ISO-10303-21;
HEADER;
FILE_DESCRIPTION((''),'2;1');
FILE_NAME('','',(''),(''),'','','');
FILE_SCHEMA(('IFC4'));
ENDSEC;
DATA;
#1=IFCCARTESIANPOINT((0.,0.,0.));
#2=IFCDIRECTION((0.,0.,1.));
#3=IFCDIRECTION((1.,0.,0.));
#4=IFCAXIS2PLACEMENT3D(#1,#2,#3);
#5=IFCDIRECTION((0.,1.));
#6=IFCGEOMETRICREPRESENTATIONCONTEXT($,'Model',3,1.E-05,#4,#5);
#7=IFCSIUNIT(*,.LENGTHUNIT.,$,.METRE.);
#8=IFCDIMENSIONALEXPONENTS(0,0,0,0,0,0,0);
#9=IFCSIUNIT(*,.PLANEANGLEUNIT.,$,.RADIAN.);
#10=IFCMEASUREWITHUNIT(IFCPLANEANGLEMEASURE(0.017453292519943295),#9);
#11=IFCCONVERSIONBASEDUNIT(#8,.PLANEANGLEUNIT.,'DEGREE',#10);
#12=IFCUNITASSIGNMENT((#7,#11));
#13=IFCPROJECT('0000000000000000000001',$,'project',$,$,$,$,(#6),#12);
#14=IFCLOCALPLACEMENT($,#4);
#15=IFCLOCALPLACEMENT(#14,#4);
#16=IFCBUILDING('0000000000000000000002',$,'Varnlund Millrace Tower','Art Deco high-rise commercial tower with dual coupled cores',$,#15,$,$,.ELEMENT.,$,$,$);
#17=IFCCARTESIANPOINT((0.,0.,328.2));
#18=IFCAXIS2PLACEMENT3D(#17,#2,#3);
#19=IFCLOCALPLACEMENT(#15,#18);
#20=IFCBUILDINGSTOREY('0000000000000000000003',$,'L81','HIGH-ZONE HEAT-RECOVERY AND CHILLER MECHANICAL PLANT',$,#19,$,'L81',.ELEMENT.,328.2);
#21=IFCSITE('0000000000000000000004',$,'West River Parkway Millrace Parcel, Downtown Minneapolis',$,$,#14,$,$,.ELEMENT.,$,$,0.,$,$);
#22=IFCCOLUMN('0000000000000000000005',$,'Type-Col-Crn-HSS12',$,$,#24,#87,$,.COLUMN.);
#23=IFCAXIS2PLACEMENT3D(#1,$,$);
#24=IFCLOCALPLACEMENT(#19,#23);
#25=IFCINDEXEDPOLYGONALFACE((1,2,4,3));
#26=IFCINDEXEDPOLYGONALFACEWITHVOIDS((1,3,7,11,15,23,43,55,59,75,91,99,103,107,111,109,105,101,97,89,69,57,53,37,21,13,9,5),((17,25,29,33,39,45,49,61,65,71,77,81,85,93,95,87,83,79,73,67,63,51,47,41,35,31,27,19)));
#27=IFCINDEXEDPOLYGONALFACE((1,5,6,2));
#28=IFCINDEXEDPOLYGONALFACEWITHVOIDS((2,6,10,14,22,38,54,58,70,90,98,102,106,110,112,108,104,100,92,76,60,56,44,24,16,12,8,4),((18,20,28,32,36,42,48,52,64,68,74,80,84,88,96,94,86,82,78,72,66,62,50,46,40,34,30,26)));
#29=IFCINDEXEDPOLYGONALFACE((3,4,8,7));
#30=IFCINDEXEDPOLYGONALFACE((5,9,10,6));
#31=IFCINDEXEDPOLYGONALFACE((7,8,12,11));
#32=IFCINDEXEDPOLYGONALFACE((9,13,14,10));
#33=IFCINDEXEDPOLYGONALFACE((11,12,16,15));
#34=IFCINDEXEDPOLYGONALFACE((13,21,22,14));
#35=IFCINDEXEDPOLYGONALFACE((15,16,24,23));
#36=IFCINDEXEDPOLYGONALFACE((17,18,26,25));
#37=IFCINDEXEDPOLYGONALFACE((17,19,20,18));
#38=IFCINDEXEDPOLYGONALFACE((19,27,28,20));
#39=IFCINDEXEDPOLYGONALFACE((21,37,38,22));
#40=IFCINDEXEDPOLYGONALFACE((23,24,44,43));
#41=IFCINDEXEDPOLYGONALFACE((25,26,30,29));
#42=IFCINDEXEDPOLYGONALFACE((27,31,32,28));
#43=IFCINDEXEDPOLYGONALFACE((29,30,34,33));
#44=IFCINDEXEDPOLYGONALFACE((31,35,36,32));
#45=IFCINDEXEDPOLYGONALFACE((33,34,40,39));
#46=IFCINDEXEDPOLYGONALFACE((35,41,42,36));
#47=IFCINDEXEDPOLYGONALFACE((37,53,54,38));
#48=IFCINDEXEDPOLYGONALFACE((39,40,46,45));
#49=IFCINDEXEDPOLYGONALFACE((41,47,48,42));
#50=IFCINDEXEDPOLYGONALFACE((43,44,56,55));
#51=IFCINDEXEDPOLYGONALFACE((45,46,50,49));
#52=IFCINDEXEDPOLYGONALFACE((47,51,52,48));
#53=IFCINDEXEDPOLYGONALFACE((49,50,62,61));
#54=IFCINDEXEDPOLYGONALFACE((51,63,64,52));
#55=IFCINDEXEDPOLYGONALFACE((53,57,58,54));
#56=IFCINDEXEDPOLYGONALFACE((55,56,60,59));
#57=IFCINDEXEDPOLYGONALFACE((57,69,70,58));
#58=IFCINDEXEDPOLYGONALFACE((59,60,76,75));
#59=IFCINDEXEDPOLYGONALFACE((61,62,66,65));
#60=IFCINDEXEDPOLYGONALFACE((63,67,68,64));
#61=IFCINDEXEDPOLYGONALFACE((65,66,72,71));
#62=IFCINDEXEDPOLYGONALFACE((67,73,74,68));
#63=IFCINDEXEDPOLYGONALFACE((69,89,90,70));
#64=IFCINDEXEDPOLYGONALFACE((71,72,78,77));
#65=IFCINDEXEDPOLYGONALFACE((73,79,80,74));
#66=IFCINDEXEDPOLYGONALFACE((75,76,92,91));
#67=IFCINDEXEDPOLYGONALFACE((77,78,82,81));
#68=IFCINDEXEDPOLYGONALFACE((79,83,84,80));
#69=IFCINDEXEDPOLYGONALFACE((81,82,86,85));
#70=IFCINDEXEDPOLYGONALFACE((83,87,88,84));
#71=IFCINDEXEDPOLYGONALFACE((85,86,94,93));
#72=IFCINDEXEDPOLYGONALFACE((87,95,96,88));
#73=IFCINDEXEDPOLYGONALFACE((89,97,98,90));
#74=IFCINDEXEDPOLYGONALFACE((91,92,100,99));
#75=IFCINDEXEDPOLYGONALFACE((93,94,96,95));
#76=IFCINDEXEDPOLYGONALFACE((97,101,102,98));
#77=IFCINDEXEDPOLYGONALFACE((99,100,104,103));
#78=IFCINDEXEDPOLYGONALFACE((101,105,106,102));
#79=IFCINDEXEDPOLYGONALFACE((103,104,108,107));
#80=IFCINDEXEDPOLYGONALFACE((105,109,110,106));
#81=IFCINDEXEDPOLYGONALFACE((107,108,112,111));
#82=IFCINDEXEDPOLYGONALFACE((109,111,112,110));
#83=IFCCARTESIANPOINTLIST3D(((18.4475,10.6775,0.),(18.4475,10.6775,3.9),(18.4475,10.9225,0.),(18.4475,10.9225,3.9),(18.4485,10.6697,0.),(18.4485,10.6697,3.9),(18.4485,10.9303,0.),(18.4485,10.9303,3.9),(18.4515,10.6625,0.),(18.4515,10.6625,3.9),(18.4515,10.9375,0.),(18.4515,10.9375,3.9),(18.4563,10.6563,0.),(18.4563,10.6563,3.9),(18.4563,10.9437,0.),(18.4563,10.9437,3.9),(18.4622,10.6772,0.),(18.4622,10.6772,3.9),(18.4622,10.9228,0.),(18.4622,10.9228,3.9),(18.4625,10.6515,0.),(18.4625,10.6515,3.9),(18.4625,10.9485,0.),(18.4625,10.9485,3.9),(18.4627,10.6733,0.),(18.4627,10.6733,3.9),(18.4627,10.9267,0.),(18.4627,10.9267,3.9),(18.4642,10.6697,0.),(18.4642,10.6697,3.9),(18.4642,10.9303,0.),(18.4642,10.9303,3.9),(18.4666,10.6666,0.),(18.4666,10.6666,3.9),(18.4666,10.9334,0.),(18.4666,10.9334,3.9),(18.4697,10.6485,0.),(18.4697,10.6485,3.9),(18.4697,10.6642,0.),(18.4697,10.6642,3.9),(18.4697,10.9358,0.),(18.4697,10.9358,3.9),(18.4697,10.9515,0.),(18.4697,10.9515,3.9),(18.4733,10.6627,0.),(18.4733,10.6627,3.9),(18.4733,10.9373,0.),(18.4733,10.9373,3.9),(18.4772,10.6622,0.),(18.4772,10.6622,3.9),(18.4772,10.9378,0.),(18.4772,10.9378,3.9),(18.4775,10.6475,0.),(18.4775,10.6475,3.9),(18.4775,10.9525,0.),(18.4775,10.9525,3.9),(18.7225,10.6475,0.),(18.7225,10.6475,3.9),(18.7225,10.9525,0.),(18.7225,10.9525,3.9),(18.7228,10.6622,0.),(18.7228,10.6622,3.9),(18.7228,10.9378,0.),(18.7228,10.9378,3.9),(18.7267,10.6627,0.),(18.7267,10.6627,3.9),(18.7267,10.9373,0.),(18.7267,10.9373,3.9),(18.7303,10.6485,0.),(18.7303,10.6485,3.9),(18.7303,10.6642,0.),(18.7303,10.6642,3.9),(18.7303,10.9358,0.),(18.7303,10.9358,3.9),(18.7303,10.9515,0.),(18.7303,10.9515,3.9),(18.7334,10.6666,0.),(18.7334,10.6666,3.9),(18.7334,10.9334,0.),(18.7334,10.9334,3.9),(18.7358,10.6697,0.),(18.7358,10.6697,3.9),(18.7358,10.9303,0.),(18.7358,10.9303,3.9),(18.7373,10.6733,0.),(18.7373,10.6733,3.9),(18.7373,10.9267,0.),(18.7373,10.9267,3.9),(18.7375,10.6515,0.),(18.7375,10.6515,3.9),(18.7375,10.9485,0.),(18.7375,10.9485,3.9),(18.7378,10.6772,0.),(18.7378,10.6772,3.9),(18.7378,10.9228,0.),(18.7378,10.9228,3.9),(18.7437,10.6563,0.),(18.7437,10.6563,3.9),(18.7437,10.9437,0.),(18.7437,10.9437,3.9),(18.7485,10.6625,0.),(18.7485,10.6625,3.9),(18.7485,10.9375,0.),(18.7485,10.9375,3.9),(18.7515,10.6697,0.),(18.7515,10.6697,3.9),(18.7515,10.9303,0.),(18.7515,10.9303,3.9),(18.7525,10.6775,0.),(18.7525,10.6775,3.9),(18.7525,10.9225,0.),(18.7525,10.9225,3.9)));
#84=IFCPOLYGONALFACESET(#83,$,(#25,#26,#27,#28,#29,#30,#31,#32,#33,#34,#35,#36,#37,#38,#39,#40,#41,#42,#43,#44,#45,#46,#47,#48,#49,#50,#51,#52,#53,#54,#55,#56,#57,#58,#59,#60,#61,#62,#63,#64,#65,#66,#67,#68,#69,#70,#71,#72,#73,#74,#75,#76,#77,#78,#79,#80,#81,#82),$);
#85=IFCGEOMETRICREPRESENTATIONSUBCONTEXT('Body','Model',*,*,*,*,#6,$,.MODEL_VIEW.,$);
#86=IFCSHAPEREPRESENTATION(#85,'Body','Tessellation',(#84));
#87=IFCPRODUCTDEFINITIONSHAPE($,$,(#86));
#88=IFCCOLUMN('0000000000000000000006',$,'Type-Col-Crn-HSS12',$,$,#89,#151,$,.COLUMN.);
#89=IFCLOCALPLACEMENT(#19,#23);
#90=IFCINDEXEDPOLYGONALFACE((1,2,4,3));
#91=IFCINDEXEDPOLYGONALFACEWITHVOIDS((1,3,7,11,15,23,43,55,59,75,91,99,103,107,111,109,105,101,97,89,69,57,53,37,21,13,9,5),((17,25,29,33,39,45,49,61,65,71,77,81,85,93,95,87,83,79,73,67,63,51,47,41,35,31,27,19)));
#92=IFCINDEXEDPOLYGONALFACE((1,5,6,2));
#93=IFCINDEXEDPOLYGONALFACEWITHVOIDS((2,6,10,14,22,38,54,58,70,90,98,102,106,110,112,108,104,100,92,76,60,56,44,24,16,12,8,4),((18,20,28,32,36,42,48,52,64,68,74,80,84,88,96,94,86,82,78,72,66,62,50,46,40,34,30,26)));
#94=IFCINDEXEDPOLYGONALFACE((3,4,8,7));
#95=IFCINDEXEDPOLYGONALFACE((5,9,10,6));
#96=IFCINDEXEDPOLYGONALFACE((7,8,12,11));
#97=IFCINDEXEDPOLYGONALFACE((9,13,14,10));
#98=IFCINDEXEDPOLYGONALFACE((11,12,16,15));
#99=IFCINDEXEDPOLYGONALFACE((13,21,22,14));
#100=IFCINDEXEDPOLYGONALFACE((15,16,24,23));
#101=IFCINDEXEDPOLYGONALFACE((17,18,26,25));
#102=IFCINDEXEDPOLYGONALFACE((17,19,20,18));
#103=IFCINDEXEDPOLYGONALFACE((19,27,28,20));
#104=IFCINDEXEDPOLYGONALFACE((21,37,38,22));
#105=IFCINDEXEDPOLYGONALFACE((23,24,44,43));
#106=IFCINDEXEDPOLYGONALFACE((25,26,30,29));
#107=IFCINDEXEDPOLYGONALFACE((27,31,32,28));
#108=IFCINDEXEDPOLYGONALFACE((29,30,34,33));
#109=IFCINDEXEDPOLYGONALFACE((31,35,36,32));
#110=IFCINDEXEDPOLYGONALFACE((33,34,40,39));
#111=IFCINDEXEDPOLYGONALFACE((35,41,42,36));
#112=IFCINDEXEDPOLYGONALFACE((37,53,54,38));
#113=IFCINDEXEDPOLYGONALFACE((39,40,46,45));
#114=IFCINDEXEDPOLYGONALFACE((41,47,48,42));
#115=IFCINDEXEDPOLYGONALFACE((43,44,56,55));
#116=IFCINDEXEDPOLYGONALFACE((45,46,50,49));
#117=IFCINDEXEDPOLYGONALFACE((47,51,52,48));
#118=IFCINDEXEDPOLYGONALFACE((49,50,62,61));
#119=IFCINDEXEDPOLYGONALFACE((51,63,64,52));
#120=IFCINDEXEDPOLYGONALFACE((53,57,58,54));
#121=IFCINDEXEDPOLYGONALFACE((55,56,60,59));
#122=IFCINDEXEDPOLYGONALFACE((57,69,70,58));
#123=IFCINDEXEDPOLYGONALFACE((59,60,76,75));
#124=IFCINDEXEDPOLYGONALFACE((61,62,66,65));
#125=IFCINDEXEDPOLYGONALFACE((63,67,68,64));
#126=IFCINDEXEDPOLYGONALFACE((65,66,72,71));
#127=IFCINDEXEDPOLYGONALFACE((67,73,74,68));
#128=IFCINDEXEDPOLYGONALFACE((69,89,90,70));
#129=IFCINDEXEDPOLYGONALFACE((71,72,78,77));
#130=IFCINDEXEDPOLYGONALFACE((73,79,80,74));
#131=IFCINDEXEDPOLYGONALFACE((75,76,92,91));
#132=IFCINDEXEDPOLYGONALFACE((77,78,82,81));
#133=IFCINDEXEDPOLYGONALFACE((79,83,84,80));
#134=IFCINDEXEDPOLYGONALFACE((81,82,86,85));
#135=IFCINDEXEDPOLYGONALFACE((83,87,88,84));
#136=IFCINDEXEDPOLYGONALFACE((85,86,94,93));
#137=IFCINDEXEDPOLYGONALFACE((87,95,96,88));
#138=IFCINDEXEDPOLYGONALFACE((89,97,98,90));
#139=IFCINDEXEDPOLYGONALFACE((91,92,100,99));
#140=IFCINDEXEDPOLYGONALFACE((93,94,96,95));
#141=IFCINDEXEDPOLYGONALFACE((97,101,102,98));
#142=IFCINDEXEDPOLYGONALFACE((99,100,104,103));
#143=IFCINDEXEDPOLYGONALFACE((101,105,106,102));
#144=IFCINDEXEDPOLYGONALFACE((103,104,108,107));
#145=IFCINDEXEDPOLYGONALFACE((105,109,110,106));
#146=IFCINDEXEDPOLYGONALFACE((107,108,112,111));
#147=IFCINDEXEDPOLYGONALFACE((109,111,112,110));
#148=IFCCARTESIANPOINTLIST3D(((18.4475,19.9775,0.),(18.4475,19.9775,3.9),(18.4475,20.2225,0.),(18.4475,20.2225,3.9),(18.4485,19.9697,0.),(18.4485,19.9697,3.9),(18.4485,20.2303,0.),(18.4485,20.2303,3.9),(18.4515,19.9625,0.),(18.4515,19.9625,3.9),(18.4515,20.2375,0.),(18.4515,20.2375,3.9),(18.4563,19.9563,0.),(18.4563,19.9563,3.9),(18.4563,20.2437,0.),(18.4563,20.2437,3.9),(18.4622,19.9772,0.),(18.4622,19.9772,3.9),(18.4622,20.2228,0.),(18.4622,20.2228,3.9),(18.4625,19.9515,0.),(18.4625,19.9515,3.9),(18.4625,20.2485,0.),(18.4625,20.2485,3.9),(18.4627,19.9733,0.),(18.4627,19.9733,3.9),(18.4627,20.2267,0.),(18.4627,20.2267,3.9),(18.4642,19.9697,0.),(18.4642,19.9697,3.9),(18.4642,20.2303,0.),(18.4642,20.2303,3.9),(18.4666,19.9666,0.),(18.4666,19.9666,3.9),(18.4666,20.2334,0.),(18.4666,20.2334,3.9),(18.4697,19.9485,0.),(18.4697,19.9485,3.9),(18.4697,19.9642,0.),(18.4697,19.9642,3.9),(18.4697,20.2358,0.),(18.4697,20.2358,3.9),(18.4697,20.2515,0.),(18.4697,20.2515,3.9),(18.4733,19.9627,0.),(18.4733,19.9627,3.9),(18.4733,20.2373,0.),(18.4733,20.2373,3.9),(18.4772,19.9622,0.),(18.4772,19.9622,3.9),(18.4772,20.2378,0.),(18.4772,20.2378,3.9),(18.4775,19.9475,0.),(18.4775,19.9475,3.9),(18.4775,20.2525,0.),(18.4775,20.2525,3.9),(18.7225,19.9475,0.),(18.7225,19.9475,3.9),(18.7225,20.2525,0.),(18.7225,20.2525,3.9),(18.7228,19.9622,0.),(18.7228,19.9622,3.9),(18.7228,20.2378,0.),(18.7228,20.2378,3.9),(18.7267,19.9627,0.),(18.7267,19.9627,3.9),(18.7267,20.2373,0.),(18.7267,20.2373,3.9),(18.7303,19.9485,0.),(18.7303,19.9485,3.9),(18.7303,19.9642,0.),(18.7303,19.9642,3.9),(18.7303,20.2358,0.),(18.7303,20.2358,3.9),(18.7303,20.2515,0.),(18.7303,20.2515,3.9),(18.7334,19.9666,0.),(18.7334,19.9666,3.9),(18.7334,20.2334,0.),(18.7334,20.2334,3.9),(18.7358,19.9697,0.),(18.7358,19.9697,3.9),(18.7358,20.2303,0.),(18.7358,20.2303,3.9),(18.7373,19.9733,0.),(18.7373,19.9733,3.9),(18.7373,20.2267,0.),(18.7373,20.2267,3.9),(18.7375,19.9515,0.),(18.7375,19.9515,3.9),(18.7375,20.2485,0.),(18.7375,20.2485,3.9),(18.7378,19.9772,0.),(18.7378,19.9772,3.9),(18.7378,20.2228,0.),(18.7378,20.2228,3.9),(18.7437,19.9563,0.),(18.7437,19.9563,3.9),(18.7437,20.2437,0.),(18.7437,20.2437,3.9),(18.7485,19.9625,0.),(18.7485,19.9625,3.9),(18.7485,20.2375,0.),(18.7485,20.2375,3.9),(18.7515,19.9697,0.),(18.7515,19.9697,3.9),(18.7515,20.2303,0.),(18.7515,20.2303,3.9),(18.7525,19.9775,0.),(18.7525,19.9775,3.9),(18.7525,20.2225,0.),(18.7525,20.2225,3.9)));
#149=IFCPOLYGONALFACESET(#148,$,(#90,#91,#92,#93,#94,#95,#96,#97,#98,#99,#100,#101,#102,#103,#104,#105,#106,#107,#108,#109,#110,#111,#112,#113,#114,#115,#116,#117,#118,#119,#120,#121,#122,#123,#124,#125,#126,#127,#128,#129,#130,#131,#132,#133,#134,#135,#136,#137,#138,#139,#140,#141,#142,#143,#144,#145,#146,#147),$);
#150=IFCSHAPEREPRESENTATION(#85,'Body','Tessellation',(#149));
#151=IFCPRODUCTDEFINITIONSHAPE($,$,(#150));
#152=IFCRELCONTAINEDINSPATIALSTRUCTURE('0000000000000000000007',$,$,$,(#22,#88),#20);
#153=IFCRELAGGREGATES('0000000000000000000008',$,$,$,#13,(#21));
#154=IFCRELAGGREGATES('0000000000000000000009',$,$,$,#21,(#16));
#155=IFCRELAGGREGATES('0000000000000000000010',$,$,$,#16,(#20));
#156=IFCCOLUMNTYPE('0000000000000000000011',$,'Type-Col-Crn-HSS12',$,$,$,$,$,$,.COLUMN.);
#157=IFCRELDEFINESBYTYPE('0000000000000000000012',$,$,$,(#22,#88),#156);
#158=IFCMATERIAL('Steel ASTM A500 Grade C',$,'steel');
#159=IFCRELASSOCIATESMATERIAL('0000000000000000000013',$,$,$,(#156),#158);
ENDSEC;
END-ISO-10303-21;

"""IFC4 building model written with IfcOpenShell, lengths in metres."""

from ifc_helpers import new_model, entity, si_unit, converted_unit, direction, frame, origin_with_axes, origin_2d_with_axis, place, context, subcontext, project, spatial, hollow_rectangle, extrude, material, material_profile, profile_set, type_object, element, save


model = new_model("IFC4")

# Units and contexts
model_context = context("Model", 3, precision=1e-05, world=origin_with_axes(), true_north=direction((0.0, 1.0)))
body_context = subcontext(model_context, "Body", "Model", "MODEL_VIEW")
ifc_project = project(units=[si_unit("LENGTHUNIT", "METRE"), converted_unit("PLANEANGLEUNIT", "DEGREE", entity("IfcPlaneAngleMeasure", 0.017453292519943295), si_unit("PLANEANGLEUNIT", "RADIAN"), dimensions=[0, 0, 0, 0, 0, 0, 0])], contexts=[model_context])

# Site, building, storey
site_placement = place(None, origin_with_axes())
site = spatial("IfcSite", under=ifc_project, at=site_placement, Name="West River Parkway Millrace Parcel, Downtown Minneapolis", CompositionType="ELEMENT", RefElevation=0.0)
building_placement = place(site_placement, origin_with_axes())
building = spatial("IfcBuilding", under=site, at=building_placement, Name="Varnlund Millrace Tower", Description="Art Deco high-rise commercial tower with dual coupled cores", CompositionType="ELEMENT")
storey_placement = place(building_placement, frame((0.0, 0.0, 328.2), z_axis=(0.0, 0.0, 1.0), x_axis=(1.0, 0.0, 0.0)))
storey = spatial("IfcBuildingStorey", under=building, at=storey_placement, Name="L81", Description="HIGH-ZONE HEAT-RECOVERY AND CHILLER MECHANICAL PLANT", LongName="L81", CompositionType="ELEMENT", Elevation=328.2)

# Columns
ifc_material_1 = material(Name="Steel ASTM A500 Grade C", Category="steel")
ifc_material_profile_1 = material_profile(ifc_material_1, hollow_rectangle(XDim=0.305, YDim=0.305, WallThickness=0.0147, InnerFilletRadius=0.015, OuterFilletRadius=0.03, at=origin_2d_with_axis()), Name="Steel ASTM A500 Grade C")
ifc_profile_set_1 = profile_set([ifc_material_profile_1], Name="Steel ASTM A500 Grade C")
column_type = type_object("IfcColumnType", Name="Type-Col-Crn-HSS12", PredefinedType="COLUMN", material=ifc_profile_set_1)
for number, where, z_axis, x_axis, name in (
    (1, (18.6, 10.8, 0.0), (0.0, 0.0, 1.0), (1.0, 0.0, 0.0), "Type-Col-Crn-HSS12"),
    (2, (18.6, 20.1, 0.0), (0.0, 0.0, 1.0), (1.0, 0.0, 0.0), "Type-Col-Crn-HSS12"),
):
    element("IfcColumn", number, at=place(storey_placement, frame(where, z_axis=z_axis, x_axis=x_axis)), inside=storey, type_object=column_type, Name=name, PredefinedType="COLUMN", context=body_context, shape_type="SweptSolid", body=[
        extrude(hollow_rectangle(XDim=0.305, YDim=0.305, WallThickness=0.0147, InnerFilletRadius=0.015, OuterFilletRadius=0.03, at=origin_2d_with_axis()), origin_with_axes(), (0.0, 0.0, 1.0), 3.9),
    ])

save(model, "model.ifc")
